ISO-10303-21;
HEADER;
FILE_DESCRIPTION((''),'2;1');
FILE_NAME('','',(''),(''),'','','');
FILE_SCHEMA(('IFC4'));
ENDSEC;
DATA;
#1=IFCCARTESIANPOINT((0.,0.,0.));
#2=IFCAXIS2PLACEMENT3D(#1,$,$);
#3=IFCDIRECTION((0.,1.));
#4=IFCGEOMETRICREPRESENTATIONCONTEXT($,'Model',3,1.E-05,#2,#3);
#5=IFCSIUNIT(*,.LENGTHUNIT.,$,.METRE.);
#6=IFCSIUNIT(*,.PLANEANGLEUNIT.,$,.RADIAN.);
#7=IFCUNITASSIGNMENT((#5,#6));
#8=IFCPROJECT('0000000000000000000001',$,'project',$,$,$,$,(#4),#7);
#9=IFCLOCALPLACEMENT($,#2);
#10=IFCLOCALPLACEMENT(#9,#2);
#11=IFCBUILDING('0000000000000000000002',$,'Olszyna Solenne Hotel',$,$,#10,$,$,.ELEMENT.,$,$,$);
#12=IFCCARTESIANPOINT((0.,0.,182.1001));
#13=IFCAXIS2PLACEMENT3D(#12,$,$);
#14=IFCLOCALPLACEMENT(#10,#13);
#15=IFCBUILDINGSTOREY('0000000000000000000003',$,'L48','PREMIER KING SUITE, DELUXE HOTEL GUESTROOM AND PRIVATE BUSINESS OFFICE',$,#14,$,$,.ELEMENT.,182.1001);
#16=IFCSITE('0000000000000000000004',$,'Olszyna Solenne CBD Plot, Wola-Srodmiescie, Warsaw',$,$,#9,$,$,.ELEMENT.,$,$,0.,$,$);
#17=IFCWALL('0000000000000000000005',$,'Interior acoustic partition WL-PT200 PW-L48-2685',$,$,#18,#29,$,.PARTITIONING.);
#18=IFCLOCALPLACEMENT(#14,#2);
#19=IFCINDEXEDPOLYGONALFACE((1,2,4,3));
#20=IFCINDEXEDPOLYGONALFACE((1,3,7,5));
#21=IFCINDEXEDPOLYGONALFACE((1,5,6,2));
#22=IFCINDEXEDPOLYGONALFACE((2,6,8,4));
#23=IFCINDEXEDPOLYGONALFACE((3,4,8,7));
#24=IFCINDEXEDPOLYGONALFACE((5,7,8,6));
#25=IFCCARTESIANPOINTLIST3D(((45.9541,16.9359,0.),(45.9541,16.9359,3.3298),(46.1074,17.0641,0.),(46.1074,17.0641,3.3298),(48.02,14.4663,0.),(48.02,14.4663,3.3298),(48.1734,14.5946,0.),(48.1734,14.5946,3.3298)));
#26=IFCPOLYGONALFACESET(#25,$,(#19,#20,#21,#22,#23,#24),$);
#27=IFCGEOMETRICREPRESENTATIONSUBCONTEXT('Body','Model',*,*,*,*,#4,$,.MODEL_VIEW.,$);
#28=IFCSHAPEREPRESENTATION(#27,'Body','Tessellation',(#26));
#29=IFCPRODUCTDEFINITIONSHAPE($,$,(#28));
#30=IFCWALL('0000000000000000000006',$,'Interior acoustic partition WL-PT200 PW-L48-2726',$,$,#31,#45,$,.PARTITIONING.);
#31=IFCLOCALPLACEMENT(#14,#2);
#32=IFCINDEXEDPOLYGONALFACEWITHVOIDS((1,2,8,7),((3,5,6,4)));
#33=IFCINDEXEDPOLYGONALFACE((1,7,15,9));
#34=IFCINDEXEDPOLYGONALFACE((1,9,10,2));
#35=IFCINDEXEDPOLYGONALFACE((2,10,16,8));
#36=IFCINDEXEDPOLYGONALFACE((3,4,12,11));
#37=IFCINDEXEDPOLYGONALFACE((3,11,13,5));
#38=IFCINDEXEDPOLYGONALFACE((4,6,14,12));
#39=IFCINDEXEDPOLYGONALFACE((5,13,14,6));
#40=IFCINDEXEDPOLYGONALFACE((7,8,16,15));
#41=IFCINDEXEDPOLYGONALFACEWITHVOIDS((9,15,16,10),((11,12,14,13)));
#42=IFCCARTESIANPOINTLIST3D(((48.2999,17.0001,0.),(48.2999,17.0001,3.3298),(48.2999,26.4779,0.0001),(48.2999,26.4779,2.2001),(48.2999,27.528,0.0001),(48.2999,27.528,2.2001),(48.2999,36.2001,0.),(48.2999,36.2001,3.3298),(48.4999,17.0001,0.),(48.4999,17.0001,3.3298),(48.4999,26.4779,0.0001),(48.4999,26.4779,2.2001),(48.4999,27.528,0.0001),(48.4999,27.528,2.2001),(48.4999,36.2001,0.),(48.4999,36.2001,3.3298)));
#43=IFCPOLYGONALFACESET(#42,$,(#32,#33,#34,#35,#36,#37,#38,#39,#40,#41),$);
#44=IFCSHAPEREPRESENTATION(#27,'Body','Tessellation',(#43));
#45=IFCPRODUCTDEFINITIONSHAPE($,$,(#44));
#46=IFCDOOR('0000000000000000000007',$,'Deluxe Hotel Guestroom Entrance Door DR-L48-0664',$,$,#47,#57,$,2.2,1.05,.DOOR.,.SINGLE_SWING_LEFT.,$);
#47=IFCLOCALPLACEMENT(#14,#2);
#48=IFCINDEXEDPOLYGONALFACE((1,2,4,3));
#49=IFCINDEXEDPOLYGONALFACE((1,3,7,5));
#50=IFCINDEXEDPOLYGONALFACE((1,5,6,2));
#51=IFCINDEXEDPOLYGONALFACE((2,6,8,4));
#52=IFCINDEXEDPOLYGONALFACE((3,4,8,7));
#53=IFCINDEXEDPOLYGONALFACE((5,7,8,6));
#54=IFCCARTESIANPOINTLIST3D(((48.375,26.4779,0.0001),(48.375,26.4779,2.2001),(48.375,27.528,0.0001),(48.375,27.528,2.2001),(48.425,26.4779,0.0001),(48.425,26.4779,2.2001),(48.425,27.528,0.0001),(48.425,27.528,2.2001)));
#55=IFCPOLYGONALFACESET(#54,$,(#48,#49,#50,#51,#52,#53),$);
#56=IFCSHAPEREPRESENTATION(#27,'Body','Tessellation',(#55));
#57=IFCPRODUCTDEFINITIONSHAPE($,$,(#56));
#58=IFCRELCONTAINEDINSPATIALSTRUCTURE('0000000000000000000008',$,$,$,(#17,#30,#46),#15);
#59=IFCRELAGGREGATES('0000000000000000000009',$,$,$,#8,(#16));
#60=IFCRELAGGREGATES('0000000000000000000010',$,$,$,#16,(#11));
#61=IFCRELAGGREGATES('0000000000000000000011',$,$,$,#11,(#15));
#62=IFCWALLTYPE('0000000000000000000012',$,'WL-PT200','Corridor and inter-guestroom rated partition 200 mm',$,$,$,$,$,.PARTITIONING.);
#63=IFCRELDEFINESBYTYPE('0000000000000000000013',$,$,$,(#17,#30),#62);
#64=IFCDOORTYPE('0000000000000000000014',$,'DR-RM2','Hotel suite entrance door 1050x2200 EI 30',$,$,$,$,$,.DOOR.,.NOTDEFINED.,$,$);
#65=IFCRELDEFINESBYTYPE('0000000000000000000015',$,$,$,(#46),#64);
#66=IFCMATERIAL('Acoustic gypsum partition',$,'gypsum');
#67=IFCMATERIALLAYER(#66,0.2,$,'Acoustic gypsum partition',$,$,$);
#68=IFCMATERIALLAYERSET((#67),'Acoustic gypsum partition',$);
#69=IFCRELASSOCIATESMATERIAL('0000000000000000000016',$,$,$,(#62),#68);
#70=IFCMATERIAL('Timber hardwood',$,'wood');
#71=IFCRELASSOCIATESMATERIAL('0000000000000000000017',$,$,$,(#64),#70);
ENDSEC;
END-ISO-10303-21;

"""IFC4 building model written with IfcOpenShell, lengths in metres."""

from ifc_helpers import new_model, si_unit, direction, frame, frame_2d, origin, place, context, subcontext, project, spatial, rectangle, extrude, source, transform, mapped, material, layer, layer_set, type_object, type_shapes, element, fill, save


model = new_model("IFC4")

# Units and contexts
model_context = context("Model", 3, precision=1e-05, world=origin(), true_north=direction((0.0, 1.0)))
body_context = subcontext(model_context, "Body", "Model", "MODEL_VIEW")
ifc_project = project(units=[si_unit("LENGTHUNIT", "METRE"), si_unit("PLANEANGLEUNIT", "RADIAN")], contexts=[model_context])

# Site, building, storey
site_placement = place(None, origin())
site = spatial("IfcSite", under=ifc_project, at=site_placement, Name="Olszyna Solenne CBD Plot, Wola-Srodmiescie, Warsaw", CompositionType="ELEMENT", RefElevation=0.0)
building_placement = place(site_placement, origin())
building = spatial("IfcBuilding", under=site, at=building_placement, Name="Olszyna Solenne Hotel", CompositionType="ELEMENT")
storey_placement = place(building_placement, frame((0.0, 0.0, 182.1001)))
storey = spatial("IfcBuildingStorey", under=building, at=storey_placement, Name="L48", Description="PREMIER KING SUITE, DELUXE HOTEL GUESTROOM AND PRIVATE BUSINESS OFFICE", CompositionType="ELEMENT", Elevation=182.1001)

# Shared definitions
ifc_material_1 = material(Name="Acoustic gypsum partition", Category="gypsum")

# Shared definitions
ifc_material_2 = material(Name="Timber hardwood", Category="wood")

# Wall
ifc_layer_1 = layer(ifc_material_1, 0.2, Name="Acoustic gypsum partition")
ifc_layer_set_1 = layer_set([ifc_layer_1], Name="Acoustic gypsum partition")
wall_type_1 = type_object("IfcWallType", Name="WL-PT200", Description="Corridor and inter-guestroom rated partition 200 mm", PredefinedType="PARTITIONING", material=ifc_layer_set_1)
wall_1_placement = place(storey_placement, frame((46.0308, 17.0, 0.0), z_axis=(0.0, 0.0, 1.0), x_axis=(0.641653, -0.766995, 0.0)))
element("IfcWall", 1, at=wall_1_placement, inside=storey, type_object=wall_type_1, Name="Interior acoustic partition WL-PT200 PW-L48-2685", PredefinedType="PARTITIONING", context=body_context, shape_type="SweptSolid", body=[
    extrude(rectangle(XDim=3.2197, YDim=0.2, at=frame_2d((1.6099, 0.0))), origin(), (0.0, 0.0, 1.0), 3.3298),
])

# Wall, opening, door
wall_2_placement = place(storey_placement, frame((48.3999, 17.0, 0.0), z_axis=(0.0, 0.0, 1.0), x_axis=(0.0, 1.0, 0.0)))
wall_2 = element("IfcWall", 2, at=wall_2_placement, inside=storey, type_object=wall_type_1, Name="Interior acoustic partition WL-PT200 PW-L48-2726", PredefinedType="PARTITIONING", context=body_context, shape_type="SweptSolid", body=[
    extrude(rectangle(XDim=19.2, YDim=0.2, at=frame_2d((9.6001, 0.0))), origin(), (0.0, 0.0, 1.0), 3.3298),
])
opening_1_placement = place(wall_2_placement, frame((9.478, 0.0, 0.0)))
opening_1 = element("IfcOpeningElement", 3, at=opening_1_placement, cuts=wall_2, PredefinedType="OPENING", context=body_context, shape_type="SweptSolid", body=[
    extrude(rectangle(XDim=1.05, YDim=2.2, at=frame_2d((0.5249, 1.1001))), frame((0.0, 0.1099, 0.0), z_axis=(0.0, -1.0, 0.0), x_axis=(1.0, 0.0, 0.0)), (0.0, 0.0, 1.0), 0.22),
])
door_type_1 = type_object("IfcDoorType", Name="DR-RM2", Description="Hotel suite entrance door 1050x2200 EI 30", OperationType="NOTDEFINED", PredefinedType="DOOR", material=ifc_material_2)
shared_shape_1 = source(origin(), body_context, "Body", "SweptSolid", [
    extrude(rectangle(XDim=1.05, YDim=2.2, at=frame_2d((0.5249, 1.1001))), frame((0.0, 0.0249, 0.0), z_axis=(0.0, -1.0, 0.0), x_axis=(1.0, 0.0, 0.0)), (0.0, 0.0, 1.0), 0.05),
])
type_shapes(door_type_1, [shared_shape_1])
door_1_placement = place(opening_1_placement, origin())
door_1 = element("IfcDoor", 4, at=door_1_placement, inside=storey, type_object=door_type_1, Name="Deluxe Hotel Guestroom Entrance Door DR-L48-0664", OperationType="SINGLE_SWING_LEFT", OverallHeight=2.2, OverallWidth=1.05, PredefinedType="DOOR", context=body_context, shape_type="MappedRepresentation", body=[
    mapped(shared_shape_1, transform((0.0, 0.0, 0.0), x_axis=(1.0, 0.0, 0.0), y_axis=(0.0, 1.0, 0.0), z_axis=(0.0, 0.0, 1.0), scale=1.0)),
])
fill(opening_1, door_1)

save(model, "model.ifc")
